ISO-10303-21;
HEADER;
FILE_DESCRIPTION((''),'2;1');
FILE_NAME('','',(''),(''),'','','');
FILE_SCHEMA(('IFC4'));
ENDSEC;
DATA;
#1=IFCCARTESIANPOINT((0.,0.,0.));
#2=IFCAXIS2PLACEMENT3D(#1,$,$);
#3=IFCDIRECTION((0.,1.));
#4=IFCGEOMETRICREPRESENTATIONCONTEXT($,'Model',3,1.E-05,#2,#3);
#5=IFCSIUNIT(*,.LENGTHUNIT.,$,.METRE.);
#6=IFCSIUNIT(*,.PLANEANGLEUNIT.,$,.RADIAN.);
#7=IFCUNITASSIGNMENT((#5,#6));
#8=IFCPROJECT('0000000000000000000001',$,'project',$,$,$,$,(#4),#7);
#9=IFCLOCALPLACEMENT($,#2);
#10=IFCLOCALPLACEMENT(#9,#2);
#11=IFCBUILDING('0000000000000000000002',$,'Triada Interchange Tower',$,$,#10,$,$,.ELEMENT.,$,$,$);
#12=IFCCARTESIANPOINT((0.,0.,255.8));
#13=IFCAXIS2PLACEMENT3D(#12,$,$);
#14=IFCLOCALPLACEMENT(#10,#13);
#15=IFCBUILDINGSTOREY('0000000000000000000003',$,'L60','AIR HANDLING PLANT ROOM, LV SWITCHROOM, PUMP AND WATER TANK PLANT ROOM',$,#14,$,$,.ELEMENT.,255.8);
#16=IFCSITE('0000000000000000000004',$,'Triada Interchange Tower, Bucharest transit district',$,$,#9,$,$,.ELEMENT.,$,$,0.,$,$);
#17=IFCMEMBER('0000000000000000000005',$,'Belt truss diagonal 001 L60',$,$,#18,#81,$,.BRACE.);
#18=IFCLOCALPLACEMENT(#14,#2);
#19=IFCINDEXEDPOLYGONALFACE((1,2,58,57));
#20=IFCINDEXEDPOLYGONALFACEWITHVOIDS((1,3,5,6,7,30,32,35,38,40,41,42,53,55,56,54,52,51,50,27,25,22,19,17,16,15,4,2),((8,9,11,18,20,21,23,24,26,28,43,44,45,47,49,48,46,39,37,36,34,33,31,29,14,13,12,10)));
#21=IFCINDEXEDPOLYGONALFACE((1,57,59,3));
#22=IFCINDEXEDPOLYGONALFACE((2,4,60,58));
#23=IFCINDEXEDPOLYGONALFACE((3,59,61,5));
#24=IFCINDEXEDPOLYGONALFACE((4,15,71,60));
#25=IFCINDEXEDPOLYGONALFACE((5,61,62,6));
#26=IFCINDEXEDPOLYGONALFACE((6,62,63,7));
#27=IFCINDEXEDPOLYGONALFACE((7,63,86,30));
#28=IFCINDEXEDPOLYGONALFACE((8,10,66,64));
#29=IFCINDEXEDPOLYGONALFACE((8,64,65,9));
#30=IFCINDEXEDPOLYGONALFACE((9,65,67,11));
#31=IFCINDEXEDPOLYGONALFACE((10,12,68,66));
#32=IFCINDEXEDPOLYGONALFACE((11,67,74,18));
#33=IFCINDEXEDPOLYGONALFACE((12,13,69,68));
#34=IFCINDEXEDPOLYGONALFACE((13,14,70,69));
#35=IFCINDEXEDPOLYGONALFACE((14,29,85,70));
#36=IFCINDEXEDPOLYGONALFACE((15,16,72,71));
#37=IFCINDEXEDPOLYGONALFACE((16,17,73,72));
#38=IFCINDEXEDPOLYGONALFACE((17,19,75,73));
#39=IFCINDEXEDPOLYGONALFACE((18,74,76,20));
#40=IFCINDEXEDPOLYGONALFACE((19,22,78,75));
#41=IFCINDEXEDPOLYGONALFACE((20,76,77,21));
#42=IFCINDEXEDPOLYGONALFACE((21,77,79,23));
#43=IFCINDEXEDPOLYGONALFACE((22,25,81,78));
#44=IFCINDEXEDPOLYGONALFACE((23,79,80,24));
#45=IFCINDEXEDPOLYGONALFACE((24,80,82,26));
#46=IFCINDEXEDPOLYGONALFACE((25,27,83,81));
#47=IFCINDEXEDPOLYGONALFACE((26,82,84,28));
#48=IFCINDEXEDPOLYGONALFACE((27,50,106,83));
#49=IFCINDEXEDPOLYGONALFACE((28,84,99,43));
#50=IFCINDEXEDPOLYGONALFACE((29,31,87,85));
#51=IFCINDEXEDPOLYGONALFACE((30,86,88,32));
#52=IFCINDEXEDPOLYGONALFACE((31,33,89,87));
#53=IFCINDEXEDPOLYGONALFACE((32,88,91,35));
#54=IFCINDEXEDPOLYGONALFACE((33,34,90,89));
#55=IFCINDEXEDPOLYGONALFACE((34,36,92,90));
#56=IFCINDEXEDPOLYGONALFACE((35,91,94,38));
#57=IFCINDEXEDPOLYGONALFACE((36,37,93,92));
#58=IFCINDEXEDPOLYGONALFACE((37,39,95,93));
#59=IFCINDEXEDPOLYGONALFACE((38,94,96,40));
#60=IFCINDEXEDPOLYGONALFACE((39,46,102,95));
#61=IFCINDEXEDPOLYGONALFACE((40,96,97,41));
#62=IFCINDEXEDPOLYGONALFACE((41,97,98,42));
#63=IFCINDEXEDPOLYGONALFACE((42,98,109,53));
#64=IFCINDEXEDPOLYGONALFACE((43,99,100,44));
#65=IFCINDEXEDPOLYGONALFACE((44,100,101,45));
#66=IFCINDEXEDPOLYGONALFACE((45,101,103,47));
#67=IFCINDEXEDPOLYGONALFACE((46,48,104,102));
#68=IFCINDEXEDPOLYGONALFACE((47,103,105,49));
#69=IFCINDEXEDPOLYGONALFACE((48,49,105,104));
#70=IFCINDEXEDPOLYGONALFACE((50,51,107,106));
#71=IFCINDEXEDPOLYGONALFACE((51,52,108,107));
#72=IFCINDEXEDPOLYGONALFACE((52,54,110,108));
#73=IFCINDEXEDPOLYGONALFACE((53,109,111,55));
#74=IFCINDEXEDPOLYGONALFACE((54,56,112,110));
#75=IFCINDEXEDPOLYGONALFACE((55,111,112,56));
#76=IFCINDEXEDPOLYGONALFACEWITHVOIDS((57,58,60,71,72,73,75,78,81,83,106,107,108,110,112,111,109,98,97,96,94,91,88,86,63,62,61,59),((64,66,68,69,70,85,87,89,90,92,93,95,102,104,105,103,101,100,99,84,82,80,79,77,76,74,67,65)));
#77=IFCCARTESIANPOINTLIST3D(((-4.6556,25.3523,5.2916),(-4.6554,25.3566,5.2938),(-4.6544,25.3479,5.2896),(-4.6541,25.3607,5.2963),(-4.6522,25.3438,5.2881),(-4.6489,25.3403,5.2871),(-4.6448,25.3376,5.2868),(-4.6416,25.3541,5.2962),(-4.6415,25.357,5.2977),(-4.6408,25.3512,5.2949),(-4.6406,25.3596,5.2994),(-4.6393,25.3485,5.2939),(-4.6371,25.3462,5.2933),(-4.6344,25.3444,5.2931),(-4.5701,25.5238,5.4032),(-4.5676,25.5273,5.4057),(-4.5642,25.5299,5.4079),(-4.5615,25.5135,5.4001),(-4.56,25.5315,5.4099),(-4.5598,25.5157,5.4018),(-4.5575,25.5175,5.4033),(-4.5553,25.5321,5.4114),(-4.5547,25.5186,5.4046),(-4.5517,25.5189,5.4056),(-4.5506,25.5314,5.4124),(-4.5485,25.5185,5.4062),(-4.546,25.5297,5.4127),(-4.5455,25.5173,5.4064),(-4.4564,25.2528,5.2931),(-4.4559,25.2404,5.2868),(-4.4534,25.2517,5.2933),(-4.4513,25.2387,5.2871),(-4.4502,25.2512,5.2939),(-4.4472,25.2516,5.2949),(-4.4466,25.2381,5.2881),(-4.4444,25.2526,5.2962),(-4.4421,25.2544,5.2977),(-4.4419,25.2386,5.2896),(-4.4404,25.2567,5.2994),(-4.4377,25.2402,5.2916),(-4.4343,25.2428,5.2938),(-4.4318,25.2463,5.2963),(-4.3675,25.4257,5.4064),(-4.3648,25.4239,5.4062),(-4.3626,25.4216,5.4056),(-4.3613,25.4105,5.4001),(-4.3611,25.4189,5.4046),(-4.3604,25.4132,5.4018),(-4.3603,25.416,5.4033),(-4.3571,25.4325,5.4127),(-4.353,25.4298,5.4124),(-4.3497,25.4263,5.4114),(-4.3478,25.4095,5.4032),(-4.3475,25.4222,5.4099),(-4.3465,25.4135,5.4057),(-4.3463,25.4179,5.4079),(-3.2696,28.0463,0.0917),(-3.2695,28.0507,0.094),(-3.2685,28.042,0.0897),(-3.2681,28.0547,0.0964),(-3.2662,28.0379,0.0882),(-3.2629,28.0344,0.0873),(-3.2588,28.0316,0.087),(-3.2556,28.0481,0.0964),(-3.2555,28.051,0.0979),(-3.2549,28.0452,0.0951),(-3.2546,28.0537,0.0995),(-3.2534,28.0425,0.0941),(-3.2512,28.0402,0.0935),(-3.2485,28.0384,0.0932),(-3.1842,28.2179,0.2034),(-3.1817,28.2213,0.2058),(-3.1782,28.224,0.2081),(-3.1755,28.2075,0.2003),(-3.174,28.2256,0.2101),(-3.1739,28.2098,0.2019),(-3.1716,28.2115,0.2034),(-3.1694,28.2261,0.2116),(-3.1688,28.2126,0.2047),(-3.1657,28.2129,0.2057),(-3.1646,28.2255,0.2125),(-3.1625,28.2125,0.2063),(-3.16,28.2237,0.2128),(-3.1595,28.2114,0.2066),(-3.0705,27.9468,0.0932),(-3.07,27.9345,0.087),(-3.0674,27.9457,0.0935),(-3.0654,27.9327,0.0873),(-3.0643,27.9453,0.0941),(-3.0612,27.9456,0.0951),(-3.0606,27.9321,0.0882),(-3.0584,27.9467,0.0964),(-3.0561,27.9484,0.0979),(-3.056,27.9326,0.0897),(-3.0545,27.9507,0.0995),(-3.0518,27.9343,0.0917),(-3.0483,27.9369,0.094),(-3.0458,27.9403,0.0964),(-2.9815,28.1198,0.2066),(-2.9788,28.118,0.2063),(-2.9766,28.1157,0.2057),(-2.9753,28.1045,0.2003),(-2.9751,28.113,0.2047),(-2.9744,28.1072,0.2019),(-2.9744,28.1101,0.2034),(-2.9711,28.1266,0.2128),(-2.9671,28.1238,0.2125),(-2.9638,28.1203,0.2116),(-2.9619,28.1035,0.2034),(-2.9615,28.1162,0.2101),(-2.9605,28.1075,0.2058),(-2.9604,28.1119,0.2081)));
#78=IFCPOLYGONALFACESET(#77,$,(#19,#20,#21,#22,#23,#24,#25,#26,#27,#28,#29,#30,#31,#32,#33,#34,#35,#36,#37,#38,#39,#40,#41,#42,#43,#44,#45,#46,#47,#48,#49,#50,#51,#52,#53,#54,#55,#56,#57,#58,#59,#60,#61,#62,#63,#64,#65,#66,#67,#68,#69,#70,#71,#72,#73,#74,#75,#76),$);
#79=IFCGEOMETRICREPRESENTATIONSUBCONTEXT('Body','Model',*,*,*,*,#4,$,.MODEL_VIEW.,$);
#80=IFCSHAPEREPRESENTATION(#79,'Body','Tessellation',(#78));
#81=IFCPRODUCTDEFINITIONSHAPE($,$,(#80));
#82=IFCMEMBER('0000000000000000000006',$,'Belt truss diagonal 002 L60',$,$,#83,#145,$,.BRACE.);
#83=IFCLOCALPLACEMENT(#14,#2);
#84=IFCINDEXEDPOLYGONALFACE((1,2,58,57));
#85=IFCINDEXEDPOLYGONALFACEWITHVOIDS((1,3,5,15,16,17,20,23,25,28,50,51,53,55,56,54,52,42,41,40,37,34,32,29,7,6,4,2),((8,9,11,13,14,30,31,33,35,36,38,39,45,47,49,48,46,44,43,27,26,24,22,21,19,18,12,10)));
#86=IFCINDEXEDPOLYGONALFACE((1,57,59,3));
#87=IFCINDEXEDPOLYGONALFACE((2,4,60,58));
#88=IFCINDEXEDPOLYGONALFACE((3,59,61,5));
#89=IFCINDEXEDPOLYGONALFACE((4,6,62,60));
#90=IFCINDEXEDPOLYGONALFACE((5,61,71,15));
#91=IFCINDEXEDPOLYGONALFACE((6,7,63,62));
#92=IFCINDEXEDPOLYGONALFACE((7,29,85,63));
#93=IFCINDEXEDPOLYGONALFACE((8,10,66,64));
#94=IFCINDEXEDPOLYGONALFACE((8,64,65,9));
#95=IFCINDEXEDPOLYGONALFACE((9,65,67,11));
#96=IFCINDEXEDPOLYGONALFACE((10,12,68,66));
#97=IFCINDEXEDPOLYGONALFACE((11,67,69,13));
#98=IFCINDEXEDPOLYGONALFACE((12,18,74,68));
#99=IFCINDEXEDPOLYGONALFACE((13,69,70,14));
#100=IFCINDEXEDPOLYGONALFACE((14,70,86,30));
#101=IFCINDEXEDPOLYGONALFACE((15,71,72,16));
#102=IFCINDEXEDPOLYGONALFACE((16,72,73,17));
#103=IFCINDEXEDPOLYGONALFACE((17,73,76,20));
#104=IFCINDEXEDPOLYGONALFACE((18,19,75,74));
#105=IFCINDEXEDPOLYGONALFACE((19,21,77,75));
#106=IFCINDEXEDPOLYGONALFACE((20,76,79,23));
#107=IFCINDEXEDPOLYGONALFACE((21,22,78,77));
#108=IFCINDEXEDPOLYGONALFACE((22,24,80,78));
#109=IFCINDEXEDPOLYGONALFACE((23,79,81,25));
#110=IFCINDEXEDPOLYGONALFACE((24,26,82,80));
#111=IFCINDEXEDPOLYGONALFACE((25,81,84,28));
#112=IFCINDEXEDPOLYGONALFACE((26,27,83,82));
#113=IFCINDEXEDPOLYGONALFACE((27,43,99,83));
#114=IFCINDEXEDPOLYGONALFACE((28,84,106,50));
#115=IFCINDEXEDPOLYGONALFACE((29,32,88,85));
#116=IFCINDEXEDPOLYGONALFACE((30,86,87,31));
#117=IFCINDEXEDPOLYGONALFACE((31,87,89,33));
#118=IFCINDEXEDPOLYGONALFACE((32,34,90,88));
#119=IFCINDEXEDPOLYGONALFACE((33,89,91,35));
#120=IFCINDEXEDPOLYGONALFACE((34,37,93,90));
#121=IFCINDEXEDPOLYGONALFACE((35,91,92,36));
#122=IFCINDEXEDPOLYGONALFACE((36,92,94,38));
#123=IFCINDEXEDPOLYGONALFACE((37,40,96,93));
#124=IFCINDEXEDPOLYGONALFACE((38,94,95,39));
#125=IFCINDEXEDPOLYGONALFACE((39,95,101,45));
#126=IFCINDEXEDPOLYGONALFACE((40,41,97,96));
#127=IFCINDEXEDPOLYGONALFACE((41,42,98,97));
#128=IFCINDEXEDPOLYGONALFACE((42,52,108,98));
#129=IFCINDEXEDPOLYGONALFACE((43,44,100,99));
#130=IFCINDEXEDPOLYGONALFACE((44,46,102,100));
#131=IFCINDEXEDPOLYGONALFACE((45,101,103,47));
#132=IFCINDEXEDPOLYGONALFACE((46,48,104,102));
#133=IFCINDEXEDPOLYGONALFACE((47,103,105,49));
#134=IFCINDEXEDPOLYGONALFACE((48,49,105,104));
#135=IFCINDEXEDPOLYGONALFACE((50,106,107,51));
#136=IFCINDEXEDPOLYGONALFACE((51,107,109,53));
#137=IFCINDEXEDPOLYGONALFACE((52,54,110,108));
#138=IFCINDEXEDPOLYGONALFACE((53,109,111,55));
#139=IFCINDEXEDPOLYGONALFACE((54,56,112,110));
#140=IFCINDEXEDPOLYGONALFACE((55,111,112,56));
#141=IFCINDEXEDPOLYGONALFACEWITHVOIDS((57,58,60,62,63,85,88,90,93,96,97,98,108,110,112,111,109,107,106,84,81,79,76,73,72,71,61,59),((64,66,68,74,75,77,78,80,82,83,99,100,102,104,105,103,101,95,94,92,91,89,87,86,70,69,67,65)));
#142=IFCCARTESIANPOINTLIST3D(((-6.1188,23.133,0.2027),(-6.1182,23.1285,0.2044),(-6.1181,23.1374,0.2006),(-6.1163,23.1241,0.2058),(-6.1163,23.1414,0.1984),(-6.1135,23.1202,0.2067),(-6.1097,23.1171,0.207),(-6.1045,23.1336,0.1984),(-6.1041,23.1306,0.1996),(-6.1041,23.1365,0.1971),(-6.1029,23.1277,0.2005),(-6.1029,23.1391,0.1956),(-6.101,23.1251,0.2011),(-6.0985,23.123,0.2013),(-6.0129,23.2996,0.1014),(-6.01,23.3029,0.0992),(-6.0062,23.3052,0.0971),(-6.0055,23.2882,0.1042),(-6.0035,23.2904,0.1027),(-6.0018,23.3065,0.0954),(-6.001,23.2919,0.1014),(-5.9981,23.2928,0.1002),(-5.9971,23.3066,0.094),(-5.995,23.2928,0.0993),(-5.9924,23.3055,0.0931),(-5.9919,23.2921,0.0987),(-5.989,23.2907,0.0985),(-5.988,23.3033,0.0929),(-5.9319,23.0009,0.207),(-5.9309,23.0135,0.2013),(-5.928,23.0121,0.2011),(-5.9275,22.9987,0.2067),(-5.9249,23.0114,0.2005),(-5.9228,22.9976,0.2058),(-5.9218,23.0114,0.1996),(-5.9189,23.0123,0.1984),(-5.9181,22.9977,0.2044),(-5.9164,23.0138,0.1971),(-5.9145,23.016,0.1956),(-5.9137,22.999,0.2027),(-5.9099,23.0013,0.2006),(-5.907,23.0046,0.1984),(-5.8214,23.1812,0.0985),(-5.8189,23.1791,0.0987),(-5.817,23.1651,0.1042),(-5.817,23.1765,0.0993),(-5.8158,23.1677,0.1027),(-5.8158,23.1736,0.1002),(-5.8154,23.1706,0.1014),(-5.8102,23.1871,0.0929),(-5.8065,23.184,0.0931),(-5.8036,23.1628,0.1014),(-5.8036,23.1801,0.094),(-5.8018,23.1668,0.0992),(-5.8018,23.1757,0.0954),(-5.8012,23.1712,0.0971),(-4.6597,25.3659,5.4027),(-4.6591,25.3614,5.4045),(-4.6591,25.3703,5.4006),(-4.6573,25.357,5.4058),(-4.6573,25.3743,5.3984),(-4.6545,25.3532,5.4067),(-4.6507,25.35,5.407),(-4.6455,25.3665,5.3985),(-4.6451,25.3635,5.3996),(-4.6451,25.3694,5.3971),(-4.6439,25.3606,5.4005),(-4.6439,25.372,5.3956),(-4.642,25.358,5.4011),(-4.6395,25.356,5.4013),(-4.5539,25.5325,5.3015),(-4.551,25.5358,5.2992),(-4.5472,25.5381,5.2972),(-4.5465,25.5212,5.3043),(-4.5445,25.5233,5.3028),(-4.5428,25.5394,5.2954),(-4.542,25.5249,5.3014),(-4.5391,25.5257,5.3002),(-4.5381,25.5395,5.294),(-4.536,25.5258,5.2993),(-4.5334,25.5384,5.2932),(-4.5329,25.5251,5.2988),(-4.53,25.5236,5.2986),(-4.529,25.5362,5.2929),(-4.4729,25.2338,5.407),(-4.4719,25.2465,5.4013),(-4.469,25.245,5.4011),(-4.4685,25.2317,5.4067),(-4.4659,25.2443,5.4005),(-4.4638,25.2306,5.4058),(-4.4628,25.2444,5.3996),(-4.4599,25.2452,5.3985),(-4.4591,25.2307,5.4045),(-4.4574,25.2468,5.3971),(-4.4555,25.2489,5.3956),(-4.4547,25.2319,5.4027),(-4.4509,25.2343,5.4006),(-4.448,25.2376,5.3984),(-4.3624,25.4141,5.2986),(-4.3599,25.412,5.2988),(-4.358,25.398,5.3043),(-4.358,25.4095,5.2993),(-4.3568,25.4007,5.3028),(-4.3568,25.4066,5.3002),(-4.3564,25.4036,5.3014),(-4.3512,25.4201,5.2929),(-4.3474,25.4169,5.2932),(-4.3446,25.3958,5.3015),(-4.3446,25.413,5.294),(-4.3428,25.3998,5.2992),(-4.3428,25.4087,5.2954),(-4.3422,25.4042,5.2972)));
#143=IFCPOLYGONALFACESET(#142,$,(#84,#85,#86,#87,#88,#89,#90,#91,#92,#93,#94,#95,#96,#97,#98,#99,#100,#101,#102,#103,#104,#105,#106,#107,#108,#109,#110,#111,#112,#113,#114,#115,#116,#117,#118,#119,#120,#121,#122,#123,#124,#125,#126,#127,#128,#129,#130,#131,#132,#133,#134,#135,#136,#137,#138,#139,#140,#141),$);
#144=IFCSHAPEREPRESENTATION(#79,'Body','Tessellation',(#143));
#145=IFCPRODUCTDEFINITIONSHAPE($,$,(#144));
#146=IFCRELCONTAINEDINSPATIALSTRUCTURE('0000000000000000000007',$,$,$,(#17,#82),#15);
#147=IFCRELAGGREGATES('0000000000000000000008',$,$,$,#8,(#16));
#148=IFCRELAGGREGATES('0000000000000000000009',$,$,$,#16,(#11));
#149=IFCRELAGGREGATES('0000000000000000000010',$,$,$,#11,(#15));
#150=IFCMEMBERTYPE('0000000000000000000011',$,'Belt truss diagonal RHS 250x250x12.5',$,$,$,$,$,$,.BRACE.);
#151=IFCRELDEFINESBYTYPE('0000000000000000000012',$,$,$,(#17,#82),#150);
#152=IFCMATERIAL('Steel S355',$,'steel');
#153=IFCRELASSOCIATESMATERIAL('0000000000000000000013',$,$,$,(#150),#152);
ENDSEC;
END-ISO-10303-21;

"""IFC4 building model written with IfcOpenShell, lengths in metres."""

from ifc_helpers import new_model, si_unit, direction, frame, origin, origin_2d, place, context, subcontext, project, spatial, hollow_rectangle, extrude, material, material_profile, profile_set, type_object, element, save


model = new_model("IFC4")

# Units and contexts
model_context = context("Model", 3, precision=1e-05, world=origin(), true_north=direction((0.0, 1.0)))
body_context = subcontext(model_context, "Body", "Model", "MODEL_VIEW")
ifc_project = project(units=[si_unit("LENGTHUNIT", "METRE"), si_unit("PLANEANGLEUNIT", "RADIAN")], contexts=[model_context])

# Site, building, storey
site_placement = place(None, origin())
site = spatial("IfcSite", under=ifc_project, at=site_placement, Name="Triada Interchange Tower, Bucharest transit district", CompositionType="ELEMENT", RefElevation=0.0)
building_placement = place(site_placement, origin())
building = spatial("IfcBuilding", under=site, at=building_placement, Name="Triada Interchange Tower", CompositionType="ELEMENT")
storey_placement = place(building_placement, frame((0.0, 0.0, 255.8)))
storey = spatial("IfcBuildingStorey", under=building, at=storey_placement, Name="L60", Description="AIR HANDLING PLANT ROOM, LV SWITCHROOM, PUMP AND WATER TANK PLANT ROOM", CompositionType="ELEMENT", Elevation=255.8)

# Members
ifc_material_1 = material(Name="Steel S355", Category="steel")
ifc_material_profile_1 = material_profile(ifc_material_1, hollow_rectangle(XDim=0.25, YDim=0.25, WallThickness=0.0125, InnerFilletRadius=0.0125, OuterFilletRadius=0.0188, at=origin_2d()), Name="RHS 250x250x12.5")
ifc_profile_set_1 = profile_set([ifc_material_profile_1], Name="Steel S355")
member_type = type_object("IfcMemberType", Name="Belt truss diagonal RHS 250x250x12.5", PredefinedType="BRACE", material=ifc_profile_set_1)
member_1_placement = place(storey_placement, frame((-3.115, 28.0791, 0.1499), z_axis=(-0.2303, -0.447658, 0.864039), x_axis=(0.889227, -0.457466, 0.0)))
element("IfcMember", 1, at=member_1_placement, inside=storey, type_object=member_type, Name="Belt truss diagonal 001 L60", PredefinedType="BRACE", context=body_context, shape_type="SweptSolid", body=[
    extrude(hollow_rectangle(XDim=0.25, YDim=0.25, WallThickness=0.0125, InnerFilletRadius=0.0125, OuterFilletRadius=0.0188, at=origin_2d()), origin(), (0.0, 0.0, 1.0), 6.0181),
])
member_2_placement = place(storey_placement, frame((-5.96, 23.1521, 0.1499), z_axis=(0.249649, 0.382077, 0.889771), x_axis=(-0.83714, 0.546988, 0.0)))
element("IfcMember", 2, at=member_2_placement, inside=storey, type_object=member_type, Name="Belt truss diagonal 002 L60", PredefinedType="BRACE", context=body_context, shape_type="SweptSolid", body=[
    extrude(hollow_rectangle(XDim=0.25, YDim=0.25, WallThickness=0.0125, InnerFilletRadius=0.0125, OuterFilletRadius=0.0188, at=origin_2d()), origin(), (0.0, 0.0, 1.0), 5.8442),
])

save(model, "model.ifc")
